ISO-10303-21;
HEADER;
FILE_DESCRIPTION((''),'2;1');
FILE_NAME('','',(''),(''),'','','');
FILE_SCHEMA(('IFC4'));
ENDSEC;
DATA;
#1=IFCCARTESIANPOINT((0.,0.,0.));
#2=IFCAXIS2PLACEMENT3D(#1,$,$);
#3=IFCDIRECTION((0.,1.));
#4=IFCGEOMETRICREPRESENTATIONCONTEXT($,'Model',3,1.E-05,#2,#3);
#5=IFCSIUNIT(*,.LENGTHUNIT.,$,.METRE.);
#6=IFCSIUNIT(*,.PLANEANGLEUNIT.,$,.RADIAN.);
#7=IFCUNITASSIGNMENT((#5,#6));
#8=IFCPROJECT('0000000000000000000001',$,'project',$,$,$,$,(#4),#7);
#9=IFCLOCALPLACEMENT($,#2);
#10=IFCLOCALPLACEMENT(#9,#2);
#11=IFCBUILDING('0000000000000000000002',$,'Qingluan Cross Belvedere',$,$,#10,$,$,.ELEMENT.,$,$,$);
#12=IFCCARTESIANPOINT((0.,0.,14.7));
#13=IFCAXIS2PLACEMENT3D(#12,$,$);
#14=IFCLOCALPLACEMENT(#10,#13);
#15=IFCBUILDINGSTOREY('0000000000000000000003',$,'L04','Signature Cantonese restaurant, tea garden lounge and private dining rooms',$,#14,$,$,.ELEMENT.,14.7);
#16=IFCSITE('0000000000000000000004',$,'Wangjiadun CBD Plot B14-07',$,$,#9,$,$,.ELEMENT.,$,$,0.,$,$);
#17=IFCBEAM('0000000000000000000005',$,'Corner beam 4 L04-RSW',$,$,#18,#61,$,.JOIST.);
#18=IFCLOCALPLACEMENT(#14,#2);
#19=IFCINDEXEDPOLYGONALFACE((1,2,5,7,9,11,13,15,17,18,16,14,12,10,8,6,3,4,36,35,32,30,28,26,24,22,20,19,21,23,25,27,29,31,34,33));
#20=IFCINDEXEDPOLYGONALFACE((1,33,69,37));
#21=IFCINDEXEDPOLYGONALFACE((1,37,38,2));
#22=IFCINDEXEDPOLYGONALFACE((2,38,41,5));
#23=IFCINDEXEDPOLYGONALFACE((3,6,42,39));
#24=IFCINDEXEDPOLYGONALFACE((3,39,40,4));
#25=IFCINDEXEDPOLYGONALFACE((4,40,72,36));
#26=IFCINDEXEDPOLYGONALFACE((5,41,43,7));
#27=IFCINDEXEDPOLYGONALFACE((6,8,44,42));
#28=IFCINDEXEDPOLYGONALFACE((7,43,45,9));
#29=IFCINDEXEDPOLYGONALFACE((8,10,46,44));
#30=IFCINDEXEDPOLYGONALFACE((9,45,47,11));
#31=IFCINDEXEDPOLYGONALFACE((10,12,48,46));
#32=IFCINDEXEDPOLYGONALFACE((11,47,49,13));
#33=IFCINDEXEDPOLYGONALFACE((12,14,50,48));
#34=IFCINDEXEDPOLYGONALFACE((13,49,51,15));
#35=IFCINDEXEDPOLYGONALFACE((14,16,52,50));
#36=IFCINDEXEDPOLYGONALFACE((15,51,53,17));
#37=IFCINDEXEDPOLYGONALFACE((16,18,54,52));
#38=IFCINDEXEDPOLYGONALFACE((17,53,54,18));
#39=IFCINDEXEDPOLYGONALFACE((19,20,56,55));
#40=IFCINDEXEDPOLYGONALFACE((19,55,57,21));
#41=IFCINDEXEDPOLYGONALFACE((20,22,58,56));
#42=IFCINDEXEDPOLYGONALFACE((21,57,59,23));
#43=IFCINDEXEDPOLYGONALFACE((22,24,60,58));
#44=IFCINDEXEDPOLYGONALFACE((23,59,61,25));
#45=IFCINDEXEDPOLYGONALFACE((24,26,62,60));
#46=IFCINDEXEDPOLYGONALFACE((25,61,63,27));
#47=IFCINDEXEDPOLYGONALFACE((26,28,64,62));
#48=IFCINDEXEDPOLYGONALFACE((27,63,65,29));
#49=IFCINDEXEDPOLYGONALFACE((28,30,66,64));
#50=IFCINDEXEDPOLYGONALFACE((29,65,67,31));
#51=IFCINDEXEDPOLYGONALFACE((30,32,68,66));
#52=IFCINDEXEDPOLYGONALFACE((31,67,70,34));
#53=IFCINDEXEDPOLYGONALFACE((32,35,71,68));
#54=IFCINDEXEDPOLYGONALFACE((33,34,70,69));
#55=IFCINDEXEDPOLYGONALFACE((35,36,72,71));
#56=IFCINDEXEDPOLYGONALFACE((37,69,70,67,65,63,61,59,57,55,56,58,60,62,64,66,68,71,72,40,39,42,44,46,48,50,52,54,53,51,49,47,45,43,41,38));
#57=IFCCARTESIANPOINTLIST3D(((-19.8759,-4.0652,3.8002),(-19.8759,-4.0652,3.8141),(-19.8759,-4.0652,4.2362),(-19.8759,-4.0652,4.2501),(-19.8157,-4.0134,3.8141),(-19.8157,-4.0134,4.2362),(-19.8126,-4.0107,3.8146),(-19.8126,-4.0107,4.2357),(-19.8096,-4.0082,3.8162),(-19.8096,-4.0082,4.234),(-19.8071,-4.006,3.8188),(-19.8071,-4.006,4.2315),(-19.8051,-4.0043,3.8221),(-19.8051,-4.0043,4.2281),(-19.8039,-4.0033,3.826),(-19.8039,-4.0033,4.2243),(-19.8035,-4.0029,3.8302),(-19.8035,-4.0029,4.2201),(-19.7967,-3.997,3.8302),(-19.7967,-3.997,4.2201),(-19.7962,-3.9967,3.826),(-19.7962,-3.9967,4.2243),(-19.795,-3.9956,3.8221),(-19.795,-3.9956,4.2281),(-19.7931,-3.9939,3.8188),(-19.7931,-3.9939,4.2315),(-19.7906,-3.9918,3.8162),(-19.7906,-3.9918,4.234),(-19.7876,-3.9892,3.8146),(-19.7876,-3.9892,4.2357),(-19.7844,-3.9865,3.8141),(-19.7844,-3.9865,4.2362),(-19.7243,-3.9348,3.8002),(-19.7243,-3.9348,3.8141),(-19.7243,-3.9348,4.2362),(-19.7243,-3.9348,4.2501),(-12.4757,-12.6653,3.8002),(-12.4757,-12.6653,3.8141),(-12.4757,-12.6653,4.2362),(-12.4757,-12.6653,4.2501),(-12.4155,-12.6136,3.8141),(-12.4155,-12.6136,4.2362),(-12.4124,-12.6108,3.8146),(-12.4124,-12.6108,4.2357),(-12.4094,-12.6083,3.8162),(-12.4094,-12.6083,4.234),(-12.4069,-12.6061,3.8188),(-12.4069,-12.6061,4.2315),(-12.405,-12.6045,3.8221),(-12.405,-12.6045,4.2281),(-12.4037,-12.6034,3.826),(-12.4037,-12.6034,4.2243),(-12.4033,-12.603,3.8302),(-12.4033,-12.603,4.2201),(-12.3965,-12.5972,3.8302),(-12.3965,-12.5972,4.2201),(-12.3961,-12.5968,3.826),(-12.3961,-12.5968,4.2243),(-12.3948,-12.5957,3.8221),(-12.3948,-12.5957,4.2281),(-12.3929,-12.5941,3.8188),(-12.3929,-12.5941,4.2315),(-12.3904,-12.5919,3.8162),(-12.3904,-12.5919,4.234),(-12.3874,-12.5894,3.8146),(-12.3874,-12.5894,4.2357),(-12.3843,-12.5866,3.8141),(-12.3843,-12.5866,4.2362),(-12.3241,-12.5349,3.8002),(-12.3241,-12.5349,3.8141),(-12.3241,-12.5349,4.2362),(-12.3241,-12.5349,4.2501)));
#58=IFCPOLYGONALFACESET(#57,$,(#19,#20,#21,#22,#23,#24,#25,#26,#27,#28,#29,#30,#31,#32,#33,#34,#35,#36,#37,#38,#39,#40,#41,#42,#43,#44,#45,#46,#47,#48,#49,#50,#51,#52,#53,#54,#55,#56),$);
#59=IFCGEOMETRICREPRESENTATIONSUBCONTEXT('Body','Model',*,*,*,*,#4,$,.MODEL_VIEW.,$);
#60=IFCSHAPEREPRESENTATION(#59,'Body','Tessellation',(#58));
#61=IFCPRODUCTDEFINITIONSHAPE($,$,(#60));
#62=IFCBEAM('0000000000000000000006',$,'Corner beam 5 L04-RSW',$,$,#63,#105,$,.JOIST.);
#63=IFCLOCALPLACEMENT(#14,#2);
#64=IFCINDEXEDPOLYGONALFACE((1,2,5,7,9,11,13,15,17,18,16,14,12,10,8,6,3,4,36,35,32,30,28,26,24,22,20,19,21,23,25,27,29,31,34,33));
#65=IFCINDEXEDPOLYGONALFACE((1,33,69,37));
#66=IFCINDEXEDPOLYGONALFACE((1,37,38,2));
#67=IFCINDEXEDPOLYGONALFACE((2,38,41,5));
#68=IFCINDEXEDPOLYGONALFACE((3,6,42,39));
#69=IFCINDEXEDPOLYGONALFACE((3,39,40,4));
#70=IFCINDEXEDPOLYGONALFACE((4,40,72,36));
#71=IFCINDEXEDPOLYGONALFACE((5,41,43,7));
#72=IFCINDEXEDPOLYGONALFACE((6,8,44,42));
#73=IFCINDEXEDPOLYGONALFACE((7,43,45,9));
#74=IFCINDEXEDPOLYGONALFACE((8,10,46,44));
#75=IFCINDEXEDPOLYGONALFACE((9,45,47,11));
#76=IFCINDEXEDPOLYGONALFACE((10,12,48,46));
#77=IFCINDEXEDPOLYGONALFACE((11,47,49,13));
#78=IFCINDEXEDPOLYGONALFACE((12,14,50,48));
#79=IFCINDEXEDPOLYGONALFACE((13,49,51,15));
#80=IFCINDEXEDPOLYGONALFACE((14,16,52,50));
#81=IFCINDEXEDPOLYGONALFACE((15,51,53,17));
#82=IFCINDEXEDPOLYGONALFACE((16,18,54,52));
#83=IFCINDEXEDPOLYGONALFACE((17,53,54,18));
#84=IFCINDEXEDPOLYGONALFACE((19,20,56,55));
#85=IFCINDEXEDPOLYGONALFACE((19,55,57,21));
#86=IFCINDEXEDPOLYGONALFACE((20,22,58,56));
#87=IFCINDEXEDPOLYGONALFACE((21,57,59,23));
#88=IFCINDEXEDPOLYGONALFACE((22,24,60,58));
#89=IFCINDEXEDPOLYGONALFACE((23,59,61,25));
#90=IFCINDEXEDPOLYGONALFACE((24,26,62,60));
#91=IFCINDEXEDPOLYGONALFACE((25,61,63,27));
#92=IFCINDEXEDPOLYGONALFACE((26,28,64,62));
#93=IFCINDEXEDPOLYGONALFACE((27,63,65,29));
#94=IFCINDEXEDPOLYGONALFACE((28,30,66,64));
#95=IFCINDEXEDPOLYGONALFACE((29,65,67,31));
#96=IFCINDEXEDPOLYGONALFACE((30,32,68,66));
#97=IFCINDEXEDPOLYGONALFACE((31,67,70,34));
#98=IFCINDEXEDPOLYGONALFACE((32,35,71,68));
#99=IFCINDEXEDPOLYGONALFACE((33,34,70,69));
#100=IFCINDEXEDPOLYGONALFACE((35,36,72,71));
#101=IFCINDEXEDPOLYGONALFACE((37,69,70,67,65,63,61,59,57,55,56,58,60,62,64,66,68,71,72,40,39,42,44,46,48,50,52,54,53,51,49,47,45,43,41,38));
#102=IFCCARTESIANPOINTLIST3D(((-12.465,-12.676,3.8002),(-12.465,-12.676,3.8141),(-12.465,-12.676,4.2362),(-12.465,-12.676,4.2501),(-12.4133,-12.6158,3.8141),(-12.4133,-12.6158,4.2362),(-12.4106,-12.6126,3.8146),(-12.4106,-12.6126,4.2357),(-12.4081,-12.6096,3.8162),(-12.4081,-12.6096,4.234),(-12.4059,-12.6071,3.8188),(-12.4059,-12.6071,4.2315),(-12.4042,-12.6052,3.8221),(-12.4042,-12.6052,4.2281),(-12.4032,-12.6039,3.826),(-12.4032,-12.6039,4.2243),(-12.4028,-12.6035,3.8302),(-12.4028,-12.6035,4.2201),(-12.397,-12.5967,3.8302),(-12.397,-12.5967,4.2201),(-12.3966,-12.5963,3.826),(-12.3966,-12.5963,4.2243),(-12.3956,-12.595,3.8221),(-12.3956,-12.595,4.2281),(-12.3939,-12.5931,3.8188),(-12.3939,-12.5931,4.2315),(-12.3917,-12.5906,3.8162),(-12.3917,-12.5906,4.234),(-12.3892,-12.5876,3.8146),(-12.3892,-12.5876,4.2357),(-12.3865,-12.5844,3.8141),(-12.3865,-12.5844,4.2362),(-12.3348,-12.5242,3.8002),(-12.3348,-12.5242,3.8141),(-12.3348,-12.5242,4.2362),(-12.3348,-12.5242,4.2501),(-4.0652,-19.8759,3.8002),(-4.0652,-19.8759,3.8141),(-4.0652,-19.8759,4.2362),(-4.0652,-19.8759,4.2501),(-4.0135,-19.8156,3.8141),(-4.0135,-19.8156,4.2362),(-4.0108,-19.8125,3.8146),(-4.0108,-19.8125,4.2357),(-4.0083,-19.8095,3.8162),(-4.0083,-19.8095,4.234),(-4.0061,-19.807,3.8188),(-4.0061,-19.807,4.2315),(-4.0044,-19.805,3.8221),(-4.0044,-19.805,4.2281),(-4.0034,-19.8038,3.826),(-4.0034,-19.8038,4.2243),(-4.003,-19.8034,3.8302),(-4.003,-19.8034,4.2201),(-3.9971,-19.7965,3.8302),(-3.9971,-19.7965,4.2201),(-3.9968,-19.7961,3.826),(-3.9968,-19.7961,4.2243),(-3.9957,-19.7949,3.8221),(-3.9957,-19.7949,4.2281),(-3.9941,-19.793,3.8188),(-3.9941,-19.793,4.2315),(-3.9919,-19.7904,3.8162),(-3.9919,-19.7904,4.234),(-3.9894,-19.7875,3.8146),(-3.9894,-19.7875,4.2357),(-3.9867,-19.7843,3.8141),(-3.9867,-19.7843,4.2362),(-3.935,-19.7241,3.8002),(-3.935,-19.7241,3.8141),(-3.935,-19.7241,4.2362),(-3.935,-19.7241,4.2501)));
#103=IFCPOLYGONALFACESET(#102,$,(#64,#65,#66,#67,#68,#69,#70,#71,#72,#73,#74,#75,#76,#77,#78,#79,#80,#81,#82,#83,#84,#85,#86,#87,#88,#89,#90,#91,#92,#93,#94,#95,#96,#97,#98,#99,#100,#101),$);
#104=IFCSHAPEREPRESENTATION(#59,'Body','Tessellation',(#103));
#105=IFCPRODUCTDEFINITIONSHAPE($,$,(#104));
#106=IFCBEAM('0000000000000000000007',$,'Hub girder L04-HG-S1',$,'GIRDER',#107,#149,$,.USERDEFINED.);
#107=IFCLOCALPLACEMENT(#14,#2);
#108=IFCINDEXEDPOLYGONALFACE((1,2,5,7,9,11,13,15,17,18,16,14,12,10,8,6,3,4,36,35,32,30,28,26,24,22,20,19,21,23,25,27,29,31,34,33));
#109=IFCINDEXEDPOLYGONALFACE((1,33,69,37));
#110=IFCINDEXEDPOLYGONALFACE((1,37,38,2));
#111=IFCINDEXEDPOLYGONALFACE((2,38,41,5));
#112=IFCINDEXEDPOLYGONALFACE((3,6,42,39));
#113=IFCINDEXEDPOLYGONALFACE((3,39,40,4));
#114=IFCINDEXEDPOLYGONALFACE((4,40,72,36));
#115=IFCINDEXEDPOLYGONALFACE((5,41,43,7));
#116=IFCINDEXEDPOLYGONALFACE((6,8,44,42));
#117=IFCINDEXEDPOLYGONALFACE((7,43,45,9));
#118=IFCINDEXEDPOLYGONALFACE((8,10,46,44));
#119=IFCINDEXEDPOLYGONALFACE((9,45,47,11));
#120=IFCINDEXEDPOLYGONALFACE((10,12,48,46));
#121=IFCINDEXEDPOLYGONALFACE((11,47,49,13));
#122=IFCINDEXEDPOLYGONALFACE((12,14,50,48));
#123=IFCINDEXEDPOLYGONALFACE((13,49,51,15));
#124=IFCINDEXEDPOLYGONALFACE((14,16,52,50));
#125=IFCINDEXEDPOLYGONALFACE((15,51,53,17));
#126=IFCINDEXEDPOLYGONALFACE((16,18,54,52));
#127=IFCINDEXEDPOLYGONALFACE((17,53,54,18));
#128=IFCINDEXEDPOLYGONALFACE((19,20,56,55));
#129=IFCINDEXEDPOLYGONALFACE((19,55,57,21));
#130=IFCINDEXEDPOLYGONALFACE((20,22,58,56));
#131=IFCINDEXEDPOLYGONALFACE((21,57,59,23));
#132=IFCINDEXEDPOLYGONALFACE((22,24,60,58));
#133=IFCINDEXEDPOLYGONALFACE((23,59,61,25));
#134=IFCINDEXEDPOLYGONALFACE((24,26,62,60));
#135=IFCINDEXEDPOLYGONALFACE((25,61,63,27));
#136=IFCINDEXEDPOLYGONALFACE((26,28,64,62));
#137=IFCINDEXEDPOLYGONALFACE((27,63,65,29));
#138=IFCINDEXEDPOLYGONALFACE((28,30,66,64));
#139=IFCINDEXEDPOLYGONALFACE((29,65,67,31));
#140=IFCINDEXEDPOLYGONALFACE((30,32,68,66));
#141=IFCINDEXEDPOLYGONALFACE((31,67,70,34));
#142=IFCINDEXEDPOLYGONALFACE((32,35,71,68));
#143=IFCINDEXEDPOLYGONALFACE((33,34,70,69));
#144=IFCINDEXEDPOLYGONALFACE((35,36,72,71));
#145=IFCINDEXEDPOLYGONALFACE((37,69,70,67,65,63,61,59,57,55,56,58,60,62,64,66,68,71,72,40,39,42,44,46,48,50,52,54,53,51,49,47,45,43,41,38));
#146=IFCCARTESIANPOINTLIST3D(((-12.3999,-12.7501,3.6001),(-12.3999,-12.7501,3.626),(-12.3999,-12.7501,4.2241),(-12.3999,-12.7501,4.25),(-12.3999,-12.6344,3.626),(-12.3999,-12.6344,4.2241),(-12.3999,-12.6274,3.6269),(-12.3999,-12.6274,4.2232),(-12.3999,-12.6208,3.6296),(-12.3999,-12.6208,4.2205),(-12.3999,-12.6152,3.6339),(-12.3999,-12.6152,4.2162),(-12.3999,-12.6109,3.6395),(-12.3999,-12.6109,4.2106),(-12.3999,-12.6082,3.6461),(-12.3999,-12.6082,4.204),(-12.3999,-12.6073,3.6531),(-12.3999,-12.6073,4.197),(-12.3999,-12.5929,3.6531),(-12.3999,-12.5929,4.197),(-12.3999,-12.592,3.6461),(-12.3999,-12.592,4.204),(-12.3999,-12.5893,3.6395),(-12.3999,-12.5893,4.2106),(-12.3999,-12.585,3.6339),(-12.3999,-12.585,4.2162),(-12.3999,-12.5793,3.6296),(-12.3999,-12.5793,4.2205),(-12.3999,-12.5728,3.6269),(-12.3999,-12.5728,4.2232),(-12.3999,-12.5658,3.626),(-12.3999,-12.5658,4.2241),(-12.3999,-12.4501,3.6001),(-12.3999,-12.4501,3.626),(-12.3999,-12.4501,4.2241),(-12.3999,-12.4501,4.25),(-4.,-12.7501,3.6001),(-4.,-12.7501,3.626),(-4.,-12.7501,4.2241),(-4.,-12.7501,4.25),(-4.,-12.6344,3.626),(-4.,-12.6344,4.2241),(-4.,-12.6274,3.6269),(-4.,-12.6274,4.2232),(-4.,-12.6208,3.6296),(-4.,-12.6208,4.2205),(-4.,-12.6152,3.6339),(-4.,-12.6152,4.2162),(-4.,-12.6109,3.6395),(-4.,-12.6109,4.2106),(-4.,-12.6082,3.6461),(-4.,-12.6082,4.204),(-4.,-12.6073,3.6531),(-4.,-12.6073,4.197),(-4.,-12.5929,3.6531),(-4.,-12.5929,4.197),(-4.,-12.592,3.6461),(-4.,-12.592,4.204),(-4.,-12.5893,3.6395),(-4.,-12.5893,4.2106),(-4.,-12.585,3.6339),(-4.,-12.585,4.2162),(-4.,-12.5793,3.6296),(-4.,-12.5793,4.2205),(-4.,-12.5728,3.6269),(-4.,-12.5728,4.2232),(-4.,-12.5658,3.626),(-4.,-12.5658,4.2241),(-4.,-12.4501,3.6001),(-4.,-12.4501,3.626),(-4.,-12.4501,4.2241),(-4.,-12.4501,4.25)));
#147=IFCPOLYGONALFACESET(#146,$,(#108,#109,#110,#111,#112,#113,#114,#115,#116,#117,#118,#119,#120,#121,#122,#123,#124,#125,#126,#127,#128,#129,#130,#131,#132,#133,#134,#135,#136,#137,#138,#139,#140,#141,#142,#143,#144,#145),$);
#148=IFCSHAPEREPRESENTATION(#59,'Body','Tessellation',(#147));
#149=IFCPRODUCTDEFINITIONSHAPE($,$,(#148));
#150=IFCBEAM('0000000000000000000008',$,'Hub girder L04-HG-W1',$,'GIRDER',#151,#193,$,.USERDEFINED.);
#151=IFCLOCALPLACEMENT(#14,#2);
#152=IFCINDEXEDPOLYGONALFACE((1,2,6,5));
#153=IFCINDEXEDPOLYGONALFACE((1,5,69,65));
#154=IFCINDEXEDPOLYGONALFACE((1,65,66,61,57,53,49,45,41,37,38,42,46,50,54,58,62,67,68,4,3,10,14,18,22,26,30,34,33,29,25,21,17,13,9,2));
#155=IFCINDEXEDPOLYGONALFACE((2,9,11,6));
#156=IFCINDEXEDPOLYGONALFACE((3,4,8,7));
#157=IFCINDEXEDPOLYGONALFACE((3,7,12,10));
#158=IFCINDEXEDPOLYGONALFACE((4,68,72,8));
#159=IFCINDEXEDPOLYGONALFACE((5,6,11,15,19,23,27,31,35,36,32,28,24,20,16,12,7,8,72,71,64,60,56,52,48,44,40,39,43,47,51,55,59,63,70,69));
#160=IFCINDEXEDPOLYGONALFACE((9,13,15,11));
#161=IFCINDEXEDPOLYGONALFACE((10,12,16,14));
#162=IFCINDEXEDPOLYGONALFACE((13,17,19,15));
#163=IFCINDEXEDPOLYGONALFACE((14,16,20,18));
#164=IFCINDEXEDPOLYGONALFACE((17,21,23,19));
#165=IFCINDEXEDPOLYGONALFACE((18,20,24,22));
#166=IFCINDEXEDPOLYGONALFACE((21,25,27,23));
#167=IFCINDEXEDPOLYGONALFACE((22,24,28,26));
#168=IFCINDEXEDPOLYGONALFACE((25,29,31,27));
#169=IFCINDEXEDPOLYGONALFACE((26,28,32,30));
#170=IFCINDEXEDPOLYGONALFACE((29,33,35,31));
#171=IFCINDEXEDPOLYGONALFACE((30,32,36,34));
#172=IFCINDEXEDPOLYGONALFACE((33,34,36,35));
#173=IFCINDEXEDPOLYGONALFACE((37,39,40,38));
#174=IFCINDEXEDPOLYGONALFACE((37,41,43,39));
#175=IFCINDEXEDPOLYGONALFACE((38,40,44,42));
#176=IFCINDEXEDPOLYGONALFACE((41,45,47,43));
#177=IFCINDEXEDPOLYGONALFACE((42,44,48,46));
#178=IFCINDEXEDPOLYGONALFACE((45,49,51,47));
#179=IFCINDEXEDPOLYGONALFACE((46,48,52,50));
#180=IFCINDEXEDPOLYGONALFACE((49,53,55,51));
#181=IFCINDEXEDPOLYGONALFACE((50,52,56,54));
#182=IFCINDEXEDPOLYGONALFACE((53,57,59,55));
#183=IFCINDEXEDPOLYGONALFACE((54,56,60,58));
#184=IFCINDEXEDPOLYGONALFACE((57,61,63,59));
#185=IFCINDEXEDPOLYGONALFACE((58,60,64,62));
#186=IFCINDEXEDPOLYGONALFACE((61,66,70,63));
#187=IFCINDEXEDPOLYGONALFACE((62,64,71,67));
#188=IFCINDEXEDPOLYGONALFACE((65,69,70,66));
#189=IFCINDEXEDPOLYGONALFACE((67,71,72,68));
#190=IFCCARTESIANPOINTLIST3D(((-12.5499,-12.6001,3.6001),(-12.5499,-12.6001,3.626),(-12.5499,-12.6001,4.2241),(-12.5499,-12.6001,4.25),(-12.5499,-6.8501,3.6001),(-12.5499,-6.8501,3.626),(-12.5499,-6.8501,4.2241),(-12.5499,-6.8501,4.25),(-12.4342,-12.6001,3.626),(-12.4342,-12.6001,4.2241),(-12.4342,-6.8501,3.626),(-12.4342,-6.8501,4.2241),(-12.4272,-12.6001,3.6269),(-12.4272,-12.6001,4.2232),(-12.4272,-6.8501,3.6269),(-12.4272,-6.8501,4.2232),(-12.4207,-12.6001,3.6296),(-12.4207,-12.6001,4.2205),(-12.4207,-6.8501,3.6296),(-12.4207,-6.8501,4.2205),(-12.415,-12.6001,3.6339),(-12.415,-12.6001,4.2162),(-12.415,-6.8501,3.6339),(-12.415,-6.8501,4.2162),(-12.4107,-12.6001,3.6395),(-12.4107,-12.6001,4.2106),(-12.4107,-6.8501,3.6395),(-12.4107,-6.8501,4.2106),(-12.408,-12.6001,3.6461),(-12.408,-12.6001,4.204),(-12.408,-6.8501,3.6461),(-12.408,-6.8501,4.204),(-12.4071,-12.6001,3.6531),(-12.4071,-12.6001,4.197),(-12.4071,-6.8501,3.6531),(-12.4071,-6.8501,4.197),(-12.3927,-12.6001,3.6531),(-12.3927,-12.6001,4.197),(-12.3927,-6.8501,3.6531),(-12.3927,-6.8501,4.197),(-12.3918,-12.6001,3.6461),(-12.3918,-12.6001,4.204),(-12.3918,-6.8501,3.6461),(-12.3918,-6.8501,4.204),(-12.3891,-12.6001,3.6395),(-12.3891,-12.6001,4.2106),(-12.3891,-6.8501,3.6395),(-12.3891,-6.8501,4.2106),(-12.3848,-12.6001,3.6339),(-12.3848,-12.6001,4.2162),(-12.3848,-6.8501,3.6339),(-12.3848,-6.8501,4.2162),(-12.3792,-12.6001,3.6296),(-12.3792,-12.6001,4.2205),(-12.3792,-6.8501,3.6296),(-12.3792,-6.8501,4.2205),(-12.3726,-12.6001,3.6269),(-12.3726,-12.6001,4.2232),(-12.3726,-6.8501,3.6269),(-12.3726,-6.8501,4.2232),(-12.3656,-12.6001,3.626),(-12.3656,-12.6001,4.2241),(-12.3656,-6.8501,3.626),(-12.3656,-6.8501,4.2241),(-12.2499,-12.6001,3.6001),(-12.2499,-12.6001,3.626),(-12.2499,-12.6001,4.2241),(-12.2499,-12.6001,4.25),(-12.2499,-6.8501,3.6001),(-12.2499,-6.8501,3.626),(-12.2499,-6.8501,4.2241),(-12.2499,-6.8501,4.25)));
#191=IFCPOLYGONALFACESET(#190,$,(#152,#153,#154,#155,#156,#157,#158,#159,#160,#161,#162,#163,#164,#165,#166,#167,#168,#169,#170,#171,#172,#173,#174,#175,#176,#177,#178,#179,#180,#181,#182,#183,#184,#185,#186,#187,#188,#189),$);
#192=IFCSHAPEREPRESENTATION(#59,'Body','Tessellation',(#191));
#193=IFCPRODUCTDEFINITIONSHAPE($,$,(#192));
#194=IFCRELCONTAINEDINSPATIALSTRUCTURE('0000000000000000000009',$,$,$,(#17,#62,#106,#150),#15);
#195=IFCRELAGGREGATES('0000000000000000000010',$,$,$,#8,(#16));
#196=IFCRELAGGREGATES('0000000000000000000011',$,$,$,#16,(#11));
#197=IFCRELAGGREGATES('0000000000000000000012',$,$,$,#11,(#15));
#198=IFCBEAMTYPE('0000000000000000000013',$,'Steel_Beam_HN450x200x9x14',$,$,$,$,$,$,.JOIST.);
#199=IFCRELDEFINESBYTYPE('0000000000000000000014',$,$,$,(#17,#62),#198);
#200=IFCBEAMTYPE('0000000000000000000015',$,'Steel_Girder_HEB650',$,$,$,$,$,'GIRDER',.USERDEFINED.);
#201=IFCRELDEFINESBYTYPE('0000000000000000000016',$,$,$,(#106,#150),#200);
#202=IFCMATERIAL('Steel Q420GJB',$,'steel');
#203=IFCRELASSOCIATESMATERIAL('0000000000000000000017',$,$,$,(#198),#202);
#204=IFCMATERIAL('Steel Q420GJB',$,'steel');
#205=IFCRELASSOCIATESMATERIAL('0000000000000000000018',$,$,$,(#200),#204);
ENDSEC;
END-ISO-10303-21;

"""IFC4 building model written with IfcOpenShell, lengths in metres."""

from ifc_helpers import new_model, si_unit, direction, frame, origin, origin_2d, place, context, subcontext, project, spatial, i_section, extrude, material, material_profile, profile_set, type_object, element, save


model = new_model("IFC4")

# Units and contexts
model_context = context("Model", 3, precision=1e-05, world=origin(), true_north=direction((0.0, 1.0)))
body_context = subcontext(model_context, "Body", "Model", "MODEL_VIEW")
ifc_project = project(units=[si_unit("LENGTHUNIT", "METRE"), si_unit("PLANEANGLEUNIT", "RADIAN")], contexts=[model_context])

# Site, building, storey
site_placement = place(None, origin())
site = spatial("IfcSite", under=ifc_project, at=site_placement, Name="Wangjiadun CBD Plot B14-07", CompositionType="ELEMENT", RefElevation=0.0)
building_placement = place(site_placement, origin())
building = spatial("IfcBuilding", under=site, at=building_placement, Name="Qingluan Cross Belvedere", CompositionType="ELEMENT")
storey_placement = place(building_placement, frame((0.0, 0.0, 14.7)))
storey = spatial("IfcBuildingStorey", under=building, at=storey_placement, Name="L04", Description="Signature Cantonese restaurant, tea garden lounge and private dining rooms", CompositionType="ELEMENT", Elevation=14.7)

# Beams
ifc_material_1 = material(Name="Steel Q420GJB", Category="steel")
ifc_material_profile_1 = material_profile(ifc_material_1, i_section(OverallWidth=0.2, OverallDepth=0.45, WebThickness=0.009, FlangeThickness=0.0139, FilletRadius=0.0161, at=origin_2d()), Name="HN450x200x9x14")
ifc_profile_set_1 = profile_set([ifc_material_profile_1], Name="Steel Q420GJB")
beam_type_1 = type_object("IfcBeamType", Name="Steel_Beam_HN450x200x9x14", PredefinedType="JOIST", material=ifc_profile_set_1)
beam_1_placement = place(storey_placement, frame((-12.3999, -12.6001, 4.0251), z_axis=(-0.652245, 0.758008, 0.0), x_axis=(-0.758008, -0.652245, 0.0)))
element("IfcBeam", 1, at=beam_1_placement, inside=storey, type_object=beam_type_1, Name="Corner beam 4 L04-RSW", PredefinedType="JOIST", context=body_context, shape_type="SweptSolid", body=[
    extrude(i_section(OverallWidth=0.2, OverallDepth=0.45, WebThickness=0.009, FlangeThickness=0.0139, FilletRadius=0.0161, at=origin_2d()), origin(), (0.0, 0.0, 1.0), 11.3457),
])
beam_2_placement = place(storey_placement, frame((-12.3999, -12.6001, 4.0251), z_axis=(0.759255, -0.650793, 0.0), x_axis=(0.650793, 0.759255, 0.0)))
element("IfcBeam", 2, at=beam_2_placement, inside=storey, type_object=beam_type_1, Name="Corner beam 5 L04-RSW", PredefinedType="JOIST", context=body_context, shape_type="SweptSolid", body=[
    extrude(i_section(OverallWidth=0.2, OverallDepth=0.45, WebThickness=0.009, FlangeThickness=0.0139, FilletRadius=0.0161, at=origin_2d()), origin(), (0.0, 0.0, 1.0), 11.0632),
])
ifc_material_2 = material(Name="Steel Q420GJB", Category="steel")
ifc_material_profile_2 = material_profile(ifc_material_2, i_section(OverallWidth=0.3, OverallDepth=0.6499, WebThickness=0.0144, FlangeThickness=0.0259, FilletRadius=0.0271, at=origin_2d()), Name="HEB650")
ifc_profile_set_2 = profile_set([ifc_material_profile_2], Name="Steel Q420GJB")
beam_type_2 = type_object("IfcBeamType", Name="Steel_Girder_HEB650", ElementType="GIRDER", PredefinedType="USERDEFINED", material=ifc_profile_set_2)
beam_3_placement = place(storey_placement, frame((-12.3999, -12.6001, 3.925), z_axis=(1.0, 0.0, 0.0), x_axis=(0.0, 1.0, 0.0)))
element("IfcBeam", 3, at=beam_3_placement, inside=storey, type_object=beam_type_2, Name="Hub girder L04-HG-S1", ObjectType="GIRDER", PredefinedType="USERDEFINED", context=body_context, shape_type="SweptSolid", body=[
    extrude(i_section(OverallWidth=0.3, OverallDepth=0.6499, WebThickness=0.0144, FlangeThickness=0.0259, FilletRadius=0.0271, at=origin_2d()), origin(), (0.0, 0.0, 1.0), 8.3999),
])
beam_4_placement = place(storey_placement, frame((-12.3999, -12.6001, 3.925), z_axis=(0.0, 1.0, 0.0), x_axis=(-1.0, 0.0, 0.0)))
element("IfcBeam", 4, at=beam_4_placement, inside=storey, type_object=beam_type_2, Name="Hub girder L04-HG-W1", ObjectType="GIRDER", PredefinedType="USERDEFINED", context=body_context, shape_type="SweptSolid", body=[
    extrude(i_section(OverallWidth=0.3, OverallDepth=0.6499, WebThickness=0.0144, FlangeThickness=0.0259, FilletRadius=0.0271, at=origin_2d()), origin(), (0.0, 0.0, 1.0), 5.75),
])

save(model, "model.ifc")
